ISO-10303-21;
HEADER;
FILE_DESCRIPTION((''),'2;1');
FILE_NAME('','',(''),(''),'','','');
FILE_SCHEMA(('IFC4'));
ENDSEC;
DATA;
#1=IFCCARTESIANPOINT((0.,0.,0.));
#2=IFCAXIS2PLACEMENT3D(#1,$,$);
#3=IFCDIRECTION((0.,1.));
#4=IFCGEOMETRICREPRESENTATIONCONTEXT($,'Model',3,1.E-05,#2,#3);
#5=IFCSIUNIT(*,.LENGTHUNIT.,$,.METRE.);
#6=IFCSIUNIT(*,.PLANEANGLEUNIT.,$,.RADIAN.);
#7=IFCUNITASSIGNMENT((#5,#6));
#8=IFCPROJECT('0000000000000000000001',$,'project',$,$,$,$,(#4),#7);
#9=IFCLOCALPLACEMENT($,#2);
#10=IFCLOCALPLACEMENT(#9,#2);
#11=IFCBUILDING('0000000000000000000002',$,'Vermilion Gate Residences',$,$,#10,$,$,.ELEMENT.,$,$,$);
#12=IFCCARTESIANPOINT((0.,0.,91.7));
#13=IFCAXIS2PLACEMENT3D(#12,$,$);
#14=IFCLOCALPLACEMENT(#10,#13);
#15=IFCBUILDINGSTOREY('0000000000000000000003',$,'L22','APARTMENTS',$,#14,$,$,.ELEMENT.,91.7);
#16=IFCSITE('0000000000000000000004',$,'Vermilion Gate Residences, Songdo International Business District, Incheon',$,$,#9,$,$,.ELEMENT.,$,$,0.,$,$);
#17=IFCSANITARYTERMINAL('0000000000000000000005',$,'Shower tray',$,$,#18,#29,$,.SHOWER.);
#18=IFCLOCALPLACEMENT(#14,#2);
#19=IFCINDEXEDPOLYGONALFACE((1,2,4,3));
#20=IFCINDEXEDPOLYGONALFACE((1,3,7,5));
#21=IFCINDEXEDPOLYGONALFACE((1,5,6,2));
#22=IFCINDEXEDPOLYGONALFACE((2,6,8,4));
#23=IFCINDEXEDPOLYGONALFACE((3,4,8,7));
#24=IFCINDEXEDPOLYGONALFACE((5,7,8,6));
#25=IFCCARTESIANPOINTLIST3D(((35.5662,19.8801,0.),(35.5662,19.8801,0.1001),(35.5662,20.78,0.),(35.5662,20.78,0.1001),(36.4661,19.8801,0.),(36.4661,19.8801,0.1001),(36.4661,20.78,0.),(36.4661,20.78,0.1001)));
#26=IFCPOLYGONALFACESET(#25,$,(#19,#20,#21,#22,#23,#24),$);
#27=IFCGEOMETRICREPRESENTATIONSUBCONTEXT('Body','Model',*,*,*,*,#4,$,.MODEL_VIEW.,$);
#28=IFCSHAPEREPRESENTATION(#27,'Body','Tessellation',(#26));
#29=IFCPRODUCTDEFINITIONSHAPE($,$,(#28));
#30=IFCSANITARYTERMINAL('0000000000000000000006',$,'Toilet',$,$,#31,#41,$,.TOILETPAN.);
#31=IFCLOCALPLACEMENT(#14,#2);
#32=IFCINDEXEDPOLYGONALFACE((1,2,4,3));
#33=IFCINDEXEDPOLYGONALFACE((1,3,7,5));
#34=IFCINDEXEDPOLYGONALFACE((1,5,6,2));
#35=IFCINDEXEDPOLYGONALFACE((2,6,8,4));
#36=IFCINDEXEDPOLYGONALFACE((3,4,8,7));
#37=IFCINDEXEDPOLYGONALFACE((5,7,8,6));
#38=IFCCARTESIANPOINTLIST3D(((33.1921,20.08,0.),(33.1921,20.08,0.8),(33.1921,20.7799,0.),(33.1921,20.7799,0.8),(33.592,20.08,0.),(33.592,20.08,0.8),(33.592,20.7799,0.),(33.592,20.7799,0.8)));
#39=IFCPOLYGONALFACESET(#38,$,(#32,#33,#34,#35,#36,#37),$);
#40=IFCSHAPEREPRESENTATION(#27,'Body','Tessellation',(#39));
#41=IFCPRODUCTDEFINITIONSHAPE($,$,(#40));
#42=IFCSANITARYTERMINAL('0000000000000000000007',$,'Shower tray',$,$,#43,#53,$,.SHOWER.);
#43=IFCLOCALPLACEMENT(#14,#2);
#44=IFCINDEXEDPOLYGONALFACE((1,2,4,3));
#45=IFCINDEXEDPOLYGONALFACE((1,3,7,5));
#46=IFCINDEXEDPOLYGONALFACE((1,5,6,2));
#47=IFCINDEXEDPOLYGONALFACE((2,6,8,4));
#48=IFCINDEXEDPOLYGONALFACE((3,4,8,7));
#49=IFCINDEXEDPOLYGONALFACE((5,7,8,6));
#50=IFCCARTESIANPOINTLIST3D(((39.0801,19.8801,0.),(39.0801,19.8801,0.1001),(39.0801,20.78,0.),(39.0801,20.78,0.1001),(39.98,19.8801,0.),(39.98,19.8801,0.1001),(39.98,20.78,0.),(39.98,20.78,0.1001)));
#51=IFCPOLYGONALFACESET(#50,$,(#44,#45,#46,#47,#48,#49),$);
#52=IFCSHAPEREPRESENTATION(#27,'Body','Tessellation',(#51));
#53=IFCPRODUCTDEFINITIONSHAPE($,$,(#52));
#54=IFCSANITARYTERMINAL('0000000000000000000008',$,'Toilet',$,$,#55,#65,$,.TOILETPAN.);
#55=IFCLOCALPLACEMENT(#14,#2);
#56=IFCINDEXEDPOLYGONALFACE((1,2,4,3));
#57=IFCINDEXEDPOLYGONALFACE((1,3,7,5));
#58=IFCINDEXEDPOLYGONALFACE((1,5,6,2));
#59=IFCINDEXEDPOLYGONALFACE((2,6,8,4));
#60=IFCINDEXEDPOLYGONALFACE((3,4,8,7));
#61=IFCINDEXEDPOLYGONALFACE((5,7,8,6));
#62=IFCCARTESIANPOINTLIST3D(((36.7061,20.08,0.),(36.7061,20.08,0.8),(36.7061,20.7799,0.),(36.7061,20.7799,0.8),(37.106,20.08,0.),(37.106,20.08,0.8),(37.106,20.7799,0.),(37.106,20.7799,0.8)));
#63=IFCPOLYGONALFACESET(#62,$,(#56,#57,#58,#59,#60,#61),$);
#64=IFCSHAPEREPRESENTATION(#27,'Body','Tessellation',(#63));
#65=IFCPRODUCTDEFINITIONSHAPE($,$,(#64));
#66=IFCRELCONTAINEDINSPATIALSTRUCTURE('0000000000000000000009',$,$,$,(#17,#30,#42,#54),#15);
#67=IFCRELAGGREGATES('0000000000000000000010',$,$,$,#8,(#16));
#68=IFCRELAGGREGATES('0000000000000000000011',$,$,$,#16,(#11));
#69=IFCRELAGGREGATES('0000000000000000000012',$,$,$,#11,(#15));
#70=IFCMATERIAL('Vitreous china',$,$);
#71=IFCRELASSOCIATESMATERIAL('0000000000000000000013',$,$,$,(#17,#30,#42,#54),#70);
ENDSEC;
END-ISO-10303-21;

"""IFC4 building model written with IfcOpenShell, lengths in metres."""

from ifc_helpers import new_model, si_unit, direction, frame, origin, origin_2d, place, context, subcontext, project, spatial, rectangle, extrude, material, element, save


model = new_model("IFC4")

# Units and contexts
model_context = context("Model", 3, precision=1e-05, world=origin(), true_north=direction((0.0, 1.0)))
body_context = subcontext(model_context, "Body", "Model", "MODEL_VIEW")
ifc_project = project(units=[si_unit("LENGTHUNIT", "METRE"), si_unit("PLANEANGLEUNIT", "RADIAN")], contexts=[model_context])

# Site, building, storey
site_placement = place(None, origin())
site = spatial("IfcSite", under=ifc_project, at=site_placement, Name="Vermilion Gate Residences, Songdo International Business District, Incheon", CompositionType="ELEMENT", RefElevation=0.0)
building_placement = place(site_placement, origin())
building = spatial("IfcBuilding", under=site, at=building_placement, Name="Vermilion Gate Residences", CompositionType="ELEMENT")
storey_placement = place(building_placement, frame((0.0, 0.0, 91.7)))
storey = spatial("IfcBuildingStorey", under=building, at=storey_placement, Name="L22", Description="APARTMENTS", CompositionType="ELEMENT", Elevation=91.7)

# Sanitary terminals
ifc_material_1 = material(Name="Vitreous china")
sanitary_terminal_1_placement = place(storey_placement, frame((36.0161, 20.3301, 0.0), z_axis=(0.0, 0.0, 1.0), x_axis=(1.0, 0.0, 0.0)))
element("IfcSanitaryTerminal", 1, at=sanitary_terminal_1_placement, inside=storey, material=ifc_material_1, Name="Shower tray", PredefinedType="SHOWER", context=body_context, shape_type="SweptSolid", body=[
    extrude(rectangle(XDim=0.8999, YDim=0.8999, at=origin_2d()), origin(), (0.0, 0.0, 1.0), 0.1001),
])
sanitary_terminal_2_placement = place(storey_placement, frame((33.3921, 20.4299, 0.0), z_axis=(0.0, 0.0, 1.0), x_axis=(1.0, 0.0, 0.0)))
element("IfcSanitaryTerminal", 2, at=sanitary_terminal_2_placement, inside=storey, material=ifc_material_1, Name="Toilet", PredefinedType="TOILETPAN", context=body_context, shape_type="SweptSolid", body=[
    extrude(rectangle(XDim=0.3999, YDim=0.7, at=origin_2d()), origin(), (0.0, 0.0, 1.0), 0.8),
])
sanitary_terminal_3_placement = place(storey_placement, frame((39.53, 20.3301, 0.0), z_axis=(0.0, 0.0, 1.0), x_axis=(1.0, 0.0, 0.0)))
element("IfcSanitaryTerminal", 3, at=sanitary_terminal_3_placement, inside=storey, material=ifc_material_1, Name="Shower tray", PredefinedType="SHOWER", context=body_context, shape_type="SweptSolid", body=[
    extrude(rectangle(XDim=0.8999, YDim=0.8999, at=origin_2d()), origin(), (0.0, 0.0, 1.0), 0.1001),
])
sanitary_terminal_4_placement = place(storey_placement, frame((36.906, 20.4299, 0.0), z_axis=(0.0, 0.0, 1.0), x_axis=(1.0, 0.0, 0.0)))
element("IfcSanitaryTerminal", 4, at=sanitary_terminal_4_placement, inside=storey, material=ifc_material_1, Name="Toilet", PredefinedType="TOILETPAN", context=body_context, shape_type="SweptSolid", body=[
    extrude(rectangle(XDim=0.3999, YDim=0.7, at=origin_2d()), origin(), (0.0, 0.0, 1.0), 0.8),
])

save(model, "model.ifc")
